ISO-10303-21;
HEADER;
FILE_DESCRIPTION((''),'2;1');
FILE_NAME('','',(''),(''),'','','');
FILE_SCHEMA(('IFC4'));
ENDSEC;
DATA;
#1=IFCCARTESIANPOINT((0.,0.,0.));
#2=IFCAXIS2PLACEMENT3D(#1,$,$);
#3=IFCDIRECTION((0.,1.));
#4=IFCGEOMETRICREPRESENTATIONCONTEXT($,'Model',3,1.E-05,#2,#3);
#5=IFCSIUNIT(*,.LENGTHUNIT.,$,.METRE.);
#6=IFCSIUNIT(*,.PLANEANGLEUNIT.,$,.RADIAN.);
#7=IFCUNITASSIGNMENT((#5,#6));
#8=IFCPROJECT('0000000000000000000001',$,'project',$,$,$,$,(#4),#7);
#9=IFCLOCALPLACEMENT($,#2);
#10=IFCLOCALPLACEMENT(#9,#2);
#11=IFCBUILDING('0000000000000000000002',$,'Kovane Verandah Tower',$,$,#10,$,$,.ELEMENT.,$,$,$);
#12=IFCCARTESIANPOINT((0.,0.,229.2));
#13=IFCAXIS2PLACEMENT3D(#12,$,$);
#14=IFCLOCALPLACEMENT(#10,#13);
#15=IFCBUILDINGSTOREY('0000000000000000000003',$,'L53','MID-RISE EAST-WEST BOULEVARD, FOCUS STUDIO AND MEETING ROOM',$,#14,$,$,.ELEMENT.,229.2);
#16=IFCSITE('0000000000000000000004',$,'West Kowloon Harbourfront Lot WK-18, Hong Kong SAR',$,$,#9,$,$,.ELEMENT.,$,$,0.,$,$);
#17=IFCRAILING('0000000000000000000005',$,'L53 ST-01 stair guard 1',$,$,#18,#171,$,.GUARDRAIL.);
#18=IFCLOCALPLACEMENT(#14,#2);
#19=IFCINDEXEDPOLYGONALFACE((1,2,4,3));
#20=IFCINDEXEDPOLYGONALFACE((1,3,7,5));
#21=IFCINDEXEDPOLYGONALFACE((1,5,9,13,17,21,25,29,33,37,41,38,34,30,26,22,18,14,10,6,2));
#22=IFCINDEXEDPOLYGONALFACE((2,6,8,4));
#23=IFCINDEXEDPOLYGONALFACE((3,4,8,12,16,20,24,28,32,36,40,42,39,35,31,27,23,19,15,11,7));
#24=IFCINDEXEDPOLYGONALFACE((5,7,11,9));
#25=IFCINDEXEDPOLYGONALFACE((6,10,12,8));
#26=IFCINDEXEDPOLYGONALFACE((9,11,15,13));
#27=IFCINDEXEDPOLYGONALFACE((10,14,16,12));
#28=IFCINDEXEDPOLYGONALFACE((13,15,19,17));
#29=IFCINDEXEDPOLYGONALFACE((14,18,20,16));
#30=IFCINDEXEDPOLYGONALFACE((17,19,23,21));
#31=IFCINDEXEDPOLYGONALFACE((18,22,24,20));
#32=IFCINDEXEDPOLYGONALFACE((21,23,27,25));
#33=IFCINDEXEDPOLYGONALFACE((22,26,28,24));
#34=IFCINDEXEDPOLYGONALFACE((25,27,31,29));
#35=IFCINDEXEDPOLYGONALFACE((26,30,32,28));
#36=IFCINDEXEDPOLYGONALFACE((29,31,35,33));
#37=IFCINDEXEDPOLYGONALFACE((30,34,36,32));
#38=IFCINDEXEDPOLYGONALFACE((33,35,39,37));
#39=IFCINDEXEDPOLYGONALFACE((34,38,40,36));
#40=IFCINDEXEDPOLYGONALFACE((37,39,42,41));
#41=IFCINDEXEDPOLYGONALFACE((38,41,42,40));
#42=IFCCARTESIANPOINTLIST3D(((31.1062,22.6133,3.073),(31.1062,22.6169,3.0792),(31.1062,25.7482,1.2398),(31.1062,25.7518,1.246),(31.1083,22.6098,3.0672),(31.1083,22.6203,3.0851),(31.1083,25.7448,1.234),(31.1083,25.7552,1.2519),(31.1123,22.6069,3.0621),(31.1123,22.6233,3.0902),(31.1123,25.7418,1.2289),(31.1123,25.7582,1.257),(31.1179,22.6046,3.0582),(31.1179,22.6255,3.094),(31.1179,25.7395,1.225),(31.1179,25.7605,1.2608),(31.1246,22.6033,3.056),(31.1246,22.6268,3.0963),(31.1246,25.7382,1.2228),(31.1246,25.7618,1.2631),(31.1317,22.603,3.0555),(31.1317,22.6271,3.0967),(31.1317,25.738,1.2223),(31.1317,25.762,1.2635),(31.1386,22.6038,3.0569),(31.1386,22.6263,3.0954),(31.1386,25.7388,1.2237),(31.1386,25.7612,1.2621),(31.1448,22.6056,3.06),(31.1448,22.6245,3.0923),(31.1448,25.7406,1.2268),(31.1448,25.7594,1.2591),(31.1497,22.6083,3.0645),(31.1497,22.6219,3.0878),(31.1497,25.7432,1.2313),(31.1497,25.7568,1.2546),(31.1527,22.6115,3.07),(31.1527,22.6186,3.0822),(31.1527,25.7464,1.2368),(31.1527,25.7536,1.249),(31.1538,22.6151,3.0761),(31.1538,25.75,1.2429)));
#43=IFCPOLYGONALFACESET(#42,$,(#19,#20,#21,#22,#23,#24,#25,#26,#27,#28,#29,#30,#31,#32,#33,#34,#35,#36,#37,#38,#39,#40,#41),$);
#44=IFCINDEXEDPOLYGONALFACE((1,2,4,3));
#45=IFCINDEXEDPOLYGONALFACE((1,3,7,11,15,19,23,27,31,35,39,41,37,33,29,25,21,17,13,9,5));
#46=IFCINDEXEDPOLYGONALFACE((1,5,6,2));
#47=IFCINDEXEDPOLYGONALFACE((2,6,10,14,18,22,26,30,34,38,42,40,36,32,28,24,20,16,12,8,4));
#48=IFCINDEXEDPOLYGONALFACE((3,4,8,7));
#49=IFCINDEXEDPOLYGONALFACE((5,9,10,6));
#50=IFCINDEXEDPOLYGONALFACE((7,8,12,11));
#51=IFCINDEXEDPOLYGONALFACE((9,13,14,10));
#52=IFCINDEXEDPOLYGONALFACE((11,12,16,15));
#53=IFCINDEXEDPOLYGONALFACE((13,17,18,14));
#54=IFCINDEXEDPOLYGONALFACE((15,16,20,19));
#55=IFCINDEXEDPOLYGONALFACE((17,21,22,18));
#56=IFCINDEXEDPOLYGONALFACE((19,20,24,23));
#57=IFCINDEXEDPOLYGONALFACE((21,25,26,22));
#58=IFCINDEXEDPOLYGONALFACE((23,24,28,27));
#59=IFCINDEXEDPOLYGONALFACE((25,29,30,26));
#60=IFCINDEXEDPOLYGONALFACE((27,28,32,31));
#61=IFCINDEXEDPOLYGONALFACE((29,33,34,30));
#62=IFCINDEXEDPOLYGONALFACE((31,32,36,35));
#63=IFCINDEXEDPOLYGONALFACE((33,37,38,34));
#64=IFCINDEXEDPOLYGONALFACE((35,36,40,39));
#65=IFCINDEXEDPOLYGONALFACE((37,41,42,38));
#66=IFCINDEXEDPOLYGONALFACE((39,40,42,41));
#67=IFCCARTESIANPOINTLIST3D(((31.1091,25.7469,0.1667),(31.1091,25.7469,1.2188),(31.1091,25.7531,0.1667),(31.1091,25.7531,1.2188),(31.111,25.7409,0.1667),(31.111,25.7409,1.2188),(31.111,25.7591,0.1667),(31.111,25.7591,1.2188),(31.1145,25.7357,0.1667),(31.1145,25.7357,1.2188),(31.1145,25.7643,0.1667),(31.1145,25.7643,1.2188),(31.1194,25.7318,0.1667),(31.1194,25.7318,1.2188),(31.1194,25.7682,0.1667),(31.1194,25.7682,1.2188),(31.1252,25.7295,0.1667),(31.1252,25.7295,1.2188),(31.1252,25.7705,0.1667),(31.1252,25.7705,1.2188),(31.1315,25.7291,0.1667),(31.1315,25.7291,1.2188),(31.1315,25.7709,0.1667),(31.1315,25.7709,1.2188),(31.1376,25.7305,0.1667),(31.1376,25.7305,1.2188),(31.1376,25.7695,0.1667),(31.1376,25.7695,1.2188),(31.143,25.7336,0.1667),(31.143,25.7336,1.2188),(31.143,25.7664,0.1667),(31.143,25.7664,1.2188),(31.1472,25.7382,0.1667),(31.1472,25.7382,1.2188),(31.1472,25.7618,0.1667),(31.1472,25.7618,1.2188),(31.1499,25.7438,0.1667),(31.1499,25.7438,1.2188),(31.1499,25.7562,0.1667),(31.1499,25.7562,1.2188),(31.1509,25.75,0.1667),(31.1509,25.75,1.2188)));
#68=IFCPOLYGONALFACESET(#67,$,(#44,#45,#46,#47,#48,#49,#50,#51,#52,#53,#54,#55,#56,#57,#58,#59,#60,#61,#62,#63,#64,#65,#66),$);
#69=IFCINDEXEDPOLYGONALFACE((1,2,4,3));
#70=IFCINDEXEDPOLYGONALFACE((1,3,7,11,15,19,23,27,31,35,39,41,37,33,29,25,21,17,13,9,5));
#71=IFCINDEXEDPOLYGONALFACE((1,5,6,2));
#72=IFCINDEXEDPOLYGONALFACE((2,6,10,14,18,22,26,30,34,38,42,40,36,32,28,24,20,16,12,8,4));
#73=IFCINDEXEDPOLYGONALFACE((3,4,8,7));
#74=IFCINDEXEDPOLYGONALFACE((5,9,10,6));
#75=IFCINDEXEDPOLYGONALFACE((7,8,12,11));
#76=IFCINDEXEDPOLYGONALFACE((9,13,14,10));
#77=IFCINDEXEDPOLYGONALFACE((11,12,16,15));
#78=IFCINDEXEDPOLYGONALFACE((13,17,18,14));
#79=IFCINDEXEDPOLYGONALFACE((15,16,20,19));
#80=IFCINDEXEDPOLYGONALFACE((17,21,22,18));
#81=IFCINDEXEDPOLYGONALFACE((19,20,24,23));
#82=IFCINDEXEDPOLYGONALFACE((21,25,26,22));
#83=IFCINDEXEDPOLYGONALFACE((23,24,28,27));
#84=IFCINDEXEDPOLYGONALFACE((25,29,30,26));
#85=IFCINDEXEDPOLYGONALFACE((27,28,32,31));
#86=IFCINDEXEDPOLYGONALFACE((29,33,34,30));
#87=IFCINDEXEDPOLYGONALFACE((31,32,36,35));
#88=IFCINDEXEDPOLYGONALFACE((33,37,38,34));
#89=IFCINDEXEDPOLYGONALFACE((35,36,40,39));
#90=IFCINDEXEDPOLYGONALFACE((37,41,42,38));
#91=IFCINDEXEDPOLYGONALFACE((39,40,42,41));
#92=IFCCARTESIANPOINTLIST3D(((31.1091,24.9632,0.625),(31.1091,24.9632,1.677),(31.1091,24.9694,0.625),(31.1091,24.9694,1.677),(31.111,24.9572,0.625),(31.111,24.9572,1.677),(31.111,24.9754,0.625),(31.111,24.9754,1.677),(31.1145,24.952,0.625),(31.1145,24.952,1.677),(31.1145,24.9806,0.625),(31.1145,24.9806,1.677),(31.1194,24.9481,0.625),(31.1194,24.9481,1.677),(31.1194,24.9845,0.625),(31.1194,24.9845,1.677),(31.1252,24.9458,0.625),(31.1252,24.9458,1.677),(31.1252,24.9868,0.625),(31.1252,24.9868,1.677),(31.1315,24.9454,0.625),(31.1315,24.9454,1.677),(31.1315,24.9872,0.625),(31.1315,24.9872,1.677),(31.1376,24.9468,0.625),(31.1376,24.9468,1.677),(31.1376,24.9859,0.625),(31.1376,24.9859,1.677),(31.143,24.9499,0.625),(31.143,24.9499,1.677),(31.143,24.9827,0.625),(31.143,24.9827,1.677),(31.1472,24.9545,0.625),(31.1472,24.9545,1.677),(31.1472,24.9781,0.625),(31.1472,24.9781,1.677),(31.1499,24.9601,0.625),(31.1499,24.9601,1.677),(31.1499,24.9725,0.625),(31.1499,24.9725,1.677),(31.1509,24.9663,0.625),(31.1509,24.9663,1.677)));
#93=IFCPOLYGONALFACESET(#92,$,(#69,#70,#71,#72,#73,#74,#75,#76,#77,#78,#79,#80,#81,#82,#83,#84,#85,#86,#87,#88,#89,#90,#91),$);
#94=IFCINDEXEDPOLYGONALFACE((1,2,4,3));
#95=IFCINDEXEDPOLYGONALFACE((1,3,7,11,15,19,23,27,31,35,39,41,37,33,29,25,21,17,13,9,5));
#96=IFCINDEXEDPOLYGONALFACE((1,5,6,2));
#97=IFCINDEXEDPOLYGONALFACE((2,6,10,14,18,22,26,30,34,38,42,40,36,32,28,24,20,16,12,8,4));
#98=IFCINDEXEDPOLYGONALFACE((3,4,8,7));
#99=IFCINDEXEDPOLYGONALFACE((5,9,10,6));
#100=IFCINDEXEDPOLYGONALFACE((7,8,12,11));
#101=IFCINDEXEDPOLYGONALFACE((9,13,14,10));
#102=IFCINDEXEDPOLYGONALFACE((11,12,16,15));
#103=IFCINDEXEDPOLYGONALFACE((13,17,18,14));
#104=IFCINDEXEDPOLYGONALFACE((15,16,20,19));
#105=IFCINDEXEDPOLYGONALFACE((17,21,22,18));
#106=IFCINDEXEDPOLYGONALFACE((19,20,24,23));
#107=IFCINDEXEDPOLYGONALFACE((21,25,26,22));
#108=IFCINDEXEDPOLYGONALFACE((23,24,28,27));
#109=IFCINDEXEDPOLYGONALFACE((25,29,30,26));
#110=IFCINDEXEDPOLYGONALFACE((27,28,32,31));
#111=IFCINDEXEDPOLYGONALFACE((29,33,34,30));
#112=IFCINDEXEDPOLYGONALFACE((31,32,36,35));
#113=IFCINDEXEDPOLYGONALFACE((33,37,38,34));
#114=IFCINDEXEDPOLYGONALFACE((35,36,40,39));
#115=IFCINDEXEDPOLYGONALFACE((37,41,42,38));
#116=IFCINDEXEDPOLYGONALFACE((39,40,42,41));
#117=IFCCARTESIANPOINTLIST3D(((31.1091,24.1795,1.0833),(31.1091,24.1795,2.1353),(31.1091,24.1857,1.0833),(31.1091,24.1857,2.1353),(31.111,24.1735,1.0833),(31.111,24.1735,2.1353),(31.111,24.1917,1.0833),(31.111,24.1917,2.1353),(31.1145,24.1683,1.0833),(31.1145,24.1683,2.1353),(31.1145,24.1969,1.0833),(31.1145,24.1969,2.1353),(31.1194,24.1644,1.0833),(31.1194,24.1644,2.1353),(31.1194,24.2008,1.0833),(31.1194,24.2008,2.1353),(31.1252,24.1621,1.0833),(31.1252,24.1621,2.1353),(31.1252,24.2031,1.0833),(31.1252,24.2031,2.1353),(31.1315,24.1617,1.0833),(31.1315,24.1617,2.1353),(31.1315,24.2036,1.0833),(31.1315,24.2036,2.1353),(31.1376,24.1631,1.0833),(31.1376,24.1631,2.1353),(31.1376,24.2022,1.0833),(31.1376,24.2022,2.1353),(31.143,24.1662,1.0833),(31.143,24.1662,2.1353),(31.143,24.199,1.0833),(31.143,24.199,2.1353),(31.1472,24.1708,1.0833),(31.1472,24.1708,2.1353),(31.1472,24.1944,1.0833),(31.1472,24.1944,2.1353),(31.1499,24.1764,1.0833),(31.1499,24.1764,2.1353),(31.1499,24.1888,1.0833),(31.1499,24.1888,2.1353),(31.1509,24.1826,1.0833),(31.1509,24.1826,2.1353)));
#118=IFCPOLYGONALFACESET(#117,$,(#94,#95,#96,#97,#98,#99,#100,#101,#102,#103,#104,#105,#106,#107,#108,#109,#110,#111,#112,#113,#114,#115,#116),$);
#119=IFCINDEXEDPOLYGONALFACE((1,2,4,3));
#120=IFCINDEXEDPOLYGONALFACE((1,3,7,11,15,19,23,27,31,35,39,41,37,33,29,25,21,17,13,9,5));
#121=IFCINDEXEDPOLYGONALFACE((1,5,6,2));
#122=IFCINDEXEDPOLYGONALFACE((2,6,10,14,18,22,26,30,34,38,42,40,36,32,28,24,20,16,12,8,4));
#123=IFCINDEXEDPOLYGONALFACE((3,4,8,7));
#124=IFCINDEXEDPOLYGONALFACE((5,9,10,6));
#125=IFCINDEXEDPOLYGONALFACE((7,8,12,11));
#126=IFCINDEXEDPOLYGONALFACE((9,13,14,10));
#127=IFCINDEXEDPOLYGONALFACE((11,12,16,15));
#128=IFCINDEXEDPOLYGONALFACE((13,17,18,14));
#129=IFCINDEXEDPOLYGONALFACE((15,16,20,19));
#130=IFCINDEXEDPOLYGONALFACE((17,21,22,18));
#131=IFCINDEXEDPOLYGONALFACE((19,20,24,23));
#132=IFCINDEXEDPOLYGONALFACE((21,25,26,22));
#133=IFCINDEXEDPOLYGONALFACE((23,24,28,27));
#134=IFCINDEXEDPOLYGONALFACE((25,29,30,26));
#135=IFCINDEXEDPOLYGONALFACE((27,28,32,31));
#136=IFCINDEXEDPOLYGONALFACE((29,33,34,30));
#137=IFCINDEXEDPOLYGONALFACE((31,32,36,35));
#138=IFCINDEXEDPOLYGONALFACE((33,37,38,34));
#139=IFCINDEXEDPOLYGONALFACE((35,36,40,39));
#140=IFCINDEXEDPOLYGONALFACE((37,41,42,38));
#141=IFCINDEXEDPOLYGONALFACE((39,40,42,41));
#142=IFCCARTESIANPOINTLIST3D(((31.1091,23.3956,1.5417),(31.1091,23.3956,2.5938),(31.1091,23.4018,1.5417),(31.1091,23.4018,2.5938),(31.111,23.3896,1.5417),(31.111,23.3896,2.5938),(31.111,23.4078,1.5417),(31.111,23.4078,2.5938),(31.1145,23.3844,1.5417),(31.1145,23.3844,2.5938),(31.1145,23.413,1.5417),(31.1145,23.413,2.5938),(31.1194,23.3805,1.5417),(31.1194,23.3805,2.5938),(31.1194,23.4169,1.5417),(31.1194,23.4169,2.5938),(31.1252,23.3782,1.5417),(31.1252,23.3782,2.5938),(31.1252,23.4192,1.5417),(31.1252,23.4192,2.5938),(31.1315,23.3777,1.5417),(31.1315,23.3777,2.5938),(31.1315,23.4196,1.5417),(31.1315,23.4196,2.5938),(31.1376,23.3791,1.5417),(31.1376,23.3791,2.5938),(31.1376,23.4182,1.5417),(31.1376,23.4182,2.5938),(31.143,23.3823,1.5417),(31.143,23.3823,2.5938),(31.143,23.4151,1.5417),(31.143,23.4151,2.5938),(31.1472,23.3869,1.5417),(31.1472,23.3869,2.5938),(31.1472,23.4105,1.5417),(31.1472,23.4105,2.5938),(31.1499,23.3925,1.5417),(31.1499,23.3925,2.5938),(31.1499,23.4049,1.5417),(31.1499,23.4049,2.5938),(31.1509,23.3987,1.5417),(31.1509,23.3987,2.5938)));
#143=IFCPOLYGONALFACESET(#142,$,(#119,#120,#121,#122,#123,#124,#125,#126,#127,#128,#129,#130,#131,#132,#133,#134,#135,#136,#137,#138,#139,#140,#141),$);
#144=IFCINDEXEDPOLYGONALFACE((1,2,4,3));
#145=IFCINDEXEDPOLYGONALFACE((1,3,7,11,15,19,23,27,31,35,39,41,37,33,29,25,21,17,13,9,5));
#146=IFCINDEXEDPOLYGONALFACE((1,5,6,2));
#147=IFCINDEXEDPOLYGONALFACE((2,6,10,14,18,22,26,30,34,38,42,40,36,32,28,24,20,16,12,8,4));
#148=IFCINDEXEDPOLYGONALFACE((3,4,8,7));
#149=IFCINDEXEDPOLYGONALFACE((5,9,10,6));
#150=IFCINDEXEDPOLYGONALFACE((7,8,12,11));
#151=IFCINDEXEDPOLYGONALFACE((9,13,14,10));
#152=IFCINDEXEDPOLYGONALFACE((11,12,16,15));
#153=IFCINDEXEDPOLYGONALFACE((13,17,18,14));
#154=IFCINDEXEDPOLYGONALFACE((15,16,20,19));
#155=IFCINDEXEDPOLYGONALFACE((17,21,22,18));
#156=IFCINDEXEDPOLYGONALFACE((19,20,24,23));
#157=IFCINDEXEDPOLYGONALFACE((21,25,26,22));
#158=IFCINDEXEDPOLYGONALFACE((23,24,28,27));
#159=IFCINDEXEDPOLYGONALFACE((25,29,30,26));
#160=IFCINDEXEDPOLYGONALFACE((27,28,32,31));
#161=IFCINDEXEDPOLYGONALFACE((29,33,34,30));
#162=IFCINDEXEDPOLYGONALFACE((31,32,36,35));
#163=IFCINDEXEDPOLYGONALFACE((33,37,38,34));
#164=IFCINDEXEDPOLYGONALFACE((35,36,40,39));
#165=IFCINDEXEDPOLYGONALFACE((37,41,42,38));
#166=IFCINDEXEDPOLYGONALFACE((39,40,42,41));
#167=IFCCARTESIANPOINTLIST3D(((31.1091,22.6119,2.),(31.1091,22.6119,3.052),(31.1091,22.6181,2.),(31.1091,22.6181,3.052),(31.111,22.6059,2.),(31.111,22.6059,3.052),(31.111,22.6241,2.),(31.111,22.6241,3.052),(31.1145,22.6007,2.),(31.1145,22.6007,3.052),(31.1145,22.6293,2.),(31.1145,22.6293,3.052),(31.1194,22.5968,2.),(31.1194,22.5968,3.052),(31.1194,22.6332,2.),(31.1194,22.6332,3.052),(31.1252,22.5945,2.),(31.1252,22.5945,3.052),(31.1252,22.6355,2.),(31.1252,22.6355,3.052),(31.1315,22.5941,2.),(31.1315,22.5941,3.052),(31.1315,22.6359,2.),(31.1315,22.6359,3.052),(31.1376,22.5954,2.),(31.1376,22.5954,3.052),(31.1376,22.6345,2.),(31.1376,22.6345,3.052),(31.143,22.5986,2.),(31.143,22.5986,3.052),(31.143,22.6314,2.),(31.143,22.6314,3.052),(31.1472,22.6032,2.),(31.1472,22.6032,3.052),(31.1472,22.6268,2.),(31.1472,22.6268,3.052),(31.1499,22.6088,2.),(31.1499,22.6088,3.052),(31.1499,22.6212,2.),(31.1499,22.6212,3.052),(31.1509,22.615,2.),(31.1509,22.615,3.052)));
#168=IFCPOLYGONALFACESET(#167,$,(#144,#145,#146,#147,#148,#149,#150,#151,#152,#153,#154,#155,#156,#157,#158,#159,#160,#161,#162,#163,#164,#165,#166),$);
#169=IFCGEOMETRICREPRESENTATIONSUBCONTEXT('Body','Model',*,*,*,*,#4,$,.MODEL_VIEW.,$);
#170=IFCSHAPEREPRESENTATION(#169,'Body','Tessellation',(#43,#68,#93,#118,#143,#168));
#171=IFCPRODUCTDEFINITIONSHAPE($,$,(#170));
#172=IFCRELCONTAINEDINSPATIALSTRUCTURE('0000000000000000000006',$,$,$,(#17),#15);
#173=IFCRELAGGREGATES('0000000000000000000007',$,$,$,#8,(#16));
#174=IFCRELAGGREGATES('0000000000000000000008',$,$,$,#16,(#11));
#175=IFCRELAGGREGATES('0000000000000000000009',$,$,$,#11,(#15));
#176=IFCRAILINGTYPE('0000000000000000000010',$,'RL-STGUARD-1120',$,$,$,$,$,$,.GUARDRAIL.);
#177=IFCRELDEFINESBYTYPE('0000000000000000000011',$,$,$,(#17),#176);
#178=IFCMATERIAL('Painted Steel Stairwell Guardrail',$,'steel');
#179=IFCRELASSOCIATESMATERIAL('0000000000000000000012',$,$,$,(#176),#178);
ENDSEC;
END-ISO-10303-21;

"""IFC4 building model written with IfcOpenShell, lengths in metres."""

from ifc_helpers import new_model, si_unit, direction, frame, origin, origin_2d, place, context, subcontext, project, spatial, circle, extrude, material, type_object, element, save


model = new_model("IFC4")

# Units and contexts
model_context = context("Model", 3, precision=1e-05, world=origin(), true_north=direction((0.0, 1.0)))
body_context = subcontext(model_context, "Body", "Model", "MODEL_VIEW")
ifc_project = project(units=[si_unit("LENGTHUNIT", "METRE"), si_unit("PLANEANGLEUNIT", "RADIAN")], contexts=[model_context])

# Site, building, storey
site_placement = place(None, origin())
site = spatial("IfcSite", under=ifc_project, at=site_placement, Name="West Kowloon Harbourfront Lot WK-18, Hong Kong SAR", CompositionType="ELEMENT", RefElevation=0.0)
building_placement = place(site_placement, origin())
building = spatial("IfcBuilding", under=site, at=building_placement, Name="Kovane Verandah Tower", CompositionType="ELEMENT")
storey_placement = place(building_placement, frame((0.0, 0.0, 229.2)))
storey = spatial("IfcBuildingStorey", under=building, at=storey_placement, Name="L53", Description="MID-RISE EAST-WEST BOULEVARD, FOCUS STUDIO AND MEETING ROOM", CompositionType="ELEMENT", Elevation=229.2)

# Railing
ifc_material_1 = material(Name="Painted Steel Stairwell Guardrail", Category="steel")
railing_type_1 = type_object("IfcRailingType", Name="RL-STGUARD-1120", PredefinedType="GUARDRAIL", material=ifc_material_1)
railing_1_placement = place(storey_placement, frame((31.1299, 25.75, 0.1667)))
element("IfcRailing", 1, at=railing_1_placement, inside=storey, type_object=railing_type_1, Name="L53 ST-01 stair guard 1", PredefinedType="GUARDRAIL", context=body_context, shape_type="SweptSolid", body=[
    extrude(circle(Radius=0.0239, at=origin_2d()), frame((0.0, 0.0, 1.0762), z_axis=(0.0, -0.86324, 0.504794), x_axis=(1.0, 0.0, 0.0)), (0.0, 0.0, 1.0), 3.6316),
    extrude(circle(Radius=0.021, at=origin_2d()), origin(), (0.0, 0.0, 1.0), 1.052),
    extrude(circle(Radius=0.021, at=origin_2d()), frame((0.0, -0.7837, 0.4583)), (0.0, 0.0, 1.0), 1.052),
    extrude(circle(Radius=0.021, at=origin_2d()), frame((0.0, -1.5674, 0.9165)), (0.0, 0.0, 1.0), 1.052),
    extrude(circle(Radius=0.021, at=origin_2d()), frame((0.0, -2.3513, 1.375)), (0.0, 0.0, 1.0), 1.052),
    extrude(circle(Radius=0.021, at=origin_2d()), frame((0.0, -3.135, 1.8333)), (0.0, 0.0, 1.0), 1.052),
])

save(model, "model.ifc")
